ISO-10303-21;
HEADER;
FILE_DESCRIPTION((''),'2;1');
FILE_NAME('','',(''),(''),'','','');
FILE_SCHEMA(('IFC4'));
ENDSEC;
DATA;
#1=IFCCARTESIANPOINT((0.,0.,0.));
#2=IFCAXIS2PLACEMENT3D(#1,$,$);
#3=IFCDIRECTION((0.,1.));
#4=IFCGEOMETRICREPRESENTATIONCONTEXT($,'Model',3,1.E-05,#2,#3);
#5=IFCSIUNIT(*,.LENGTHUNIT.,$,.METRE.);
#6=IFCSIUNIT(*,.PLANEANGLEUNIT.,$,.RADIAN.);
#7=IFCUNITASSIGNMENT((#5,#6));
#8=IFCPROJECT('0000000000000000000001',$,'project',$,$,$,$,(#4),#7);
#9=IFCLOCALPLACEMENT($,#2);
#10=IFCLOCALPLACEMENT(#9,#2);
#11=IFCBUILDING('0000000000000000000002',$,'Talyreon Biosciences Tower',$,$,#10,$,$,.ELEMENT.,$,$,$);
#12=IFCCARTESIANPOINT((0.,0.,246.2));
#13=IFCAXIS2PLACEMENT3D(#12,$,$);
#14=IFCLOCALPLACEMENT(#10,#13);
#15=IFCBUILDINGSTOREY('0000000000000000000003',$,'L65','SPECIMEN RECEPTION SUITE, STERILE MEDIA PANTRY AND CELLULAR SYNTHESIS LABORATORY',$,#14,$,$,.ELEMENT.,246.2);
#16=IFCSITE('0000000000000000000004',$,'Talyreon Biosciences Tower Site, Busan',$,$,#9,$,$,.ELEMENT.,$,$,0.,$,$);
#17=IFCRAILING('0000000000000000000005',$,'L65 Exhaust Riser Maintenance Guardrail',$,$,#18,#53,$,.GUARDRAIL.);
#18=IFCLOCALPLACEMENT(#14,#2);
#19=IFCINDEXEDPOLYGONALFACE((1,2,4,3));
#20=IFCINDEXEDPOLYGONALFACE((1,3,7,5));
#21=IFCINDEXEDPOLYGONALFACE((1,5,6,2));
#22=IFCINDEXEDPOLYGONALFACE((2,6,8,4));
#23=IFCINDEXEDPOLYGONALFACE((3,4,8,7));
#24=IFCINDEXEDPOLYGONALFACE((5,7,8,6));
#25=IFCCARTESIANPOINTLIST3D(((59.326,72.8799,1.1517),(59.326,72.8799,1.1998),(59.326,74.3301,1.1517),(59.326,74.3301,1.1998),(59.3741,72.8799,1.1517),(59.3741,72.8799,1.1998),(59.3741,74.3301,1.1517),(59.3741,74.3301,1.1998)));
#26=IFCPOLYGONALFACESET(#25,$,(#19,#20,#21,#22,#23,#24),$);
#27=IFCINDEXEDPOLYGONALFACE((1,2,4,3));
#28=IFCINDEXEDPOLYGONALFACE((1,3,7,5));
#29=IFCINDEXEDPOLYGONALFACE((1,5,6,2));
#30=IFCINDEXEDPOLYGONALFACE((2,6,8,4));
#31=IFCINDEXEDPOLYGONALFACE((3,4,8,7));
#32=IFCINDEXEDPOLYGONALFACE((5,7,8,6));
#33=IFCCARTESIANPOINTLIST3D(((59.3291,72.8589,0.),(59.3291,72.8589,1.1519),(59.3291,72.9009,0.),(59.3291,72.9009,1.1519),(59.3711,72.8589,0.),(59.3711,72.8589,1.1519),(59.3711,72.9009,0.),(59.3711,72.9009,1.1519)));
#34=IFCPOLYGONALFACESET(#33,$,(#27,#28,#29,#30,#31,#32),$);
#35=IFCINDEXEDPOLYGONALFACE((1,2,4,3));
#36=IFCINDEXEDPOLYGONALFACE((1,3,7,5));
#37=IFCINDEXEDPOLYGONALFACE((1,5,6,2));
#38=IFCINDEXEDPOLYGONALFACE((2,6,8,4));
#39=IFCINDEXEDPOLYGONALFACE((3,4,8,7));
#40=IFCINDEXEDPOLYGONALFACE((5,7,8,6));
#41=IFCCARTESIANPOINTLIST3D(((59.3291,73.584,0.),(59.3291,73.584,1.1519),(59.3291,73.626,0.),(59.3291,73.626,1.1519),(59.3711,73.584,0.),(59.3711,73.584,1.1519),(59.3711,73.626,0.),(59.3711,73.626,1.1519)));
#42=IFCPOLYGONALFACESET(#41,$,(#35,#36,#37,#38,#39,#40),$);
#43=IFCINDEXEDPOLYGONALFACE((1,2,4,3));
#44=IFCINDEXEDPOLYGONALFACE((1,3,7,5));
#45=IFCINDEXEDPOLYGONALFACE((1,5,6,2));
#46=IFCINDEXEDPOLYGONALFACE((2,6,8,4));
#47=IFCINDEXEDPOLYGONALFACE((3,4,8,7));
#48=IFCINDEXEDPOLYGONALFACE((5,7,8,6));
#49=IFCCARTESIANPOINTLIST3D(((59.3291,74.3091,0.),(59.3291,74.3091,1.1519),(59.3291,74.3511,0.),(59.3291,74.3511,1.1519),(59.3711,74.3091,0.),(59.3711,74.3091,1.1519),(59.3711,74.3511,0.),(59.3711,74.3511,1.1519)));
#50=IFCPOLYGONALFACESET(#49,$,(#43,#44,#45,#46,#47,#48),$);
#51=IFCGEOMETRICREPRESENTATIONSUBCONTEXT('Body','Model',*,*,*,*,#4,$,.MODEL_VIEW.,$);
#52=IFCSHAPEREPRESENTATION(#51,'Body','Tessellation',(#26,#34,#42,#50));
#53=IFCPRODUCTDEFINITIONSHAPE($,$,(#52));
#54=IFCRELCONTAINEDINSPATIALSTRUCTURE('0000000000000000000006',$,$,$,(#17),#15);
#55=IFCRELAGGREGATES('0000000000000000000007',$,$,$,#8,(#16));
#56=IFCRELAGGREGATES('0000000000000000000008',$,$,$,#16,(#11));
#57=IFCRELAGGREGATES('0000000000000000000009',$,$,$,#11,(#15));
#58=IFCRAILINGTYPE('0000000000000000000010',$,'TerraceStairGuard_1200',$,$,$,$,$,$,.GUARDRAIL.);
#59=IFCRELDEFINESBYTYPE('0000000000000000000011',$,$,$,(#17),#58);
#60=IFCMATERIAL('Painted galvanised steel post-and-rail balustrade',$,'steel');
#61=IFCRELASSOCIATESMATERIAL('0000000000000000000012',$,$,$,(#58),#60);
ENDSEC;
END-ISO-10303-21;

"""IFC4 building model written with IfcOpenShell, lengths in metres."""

from ifc_helpers import new_model, si_unit, direction, frame, origin, origin_2d, place, context, subcontext, project, spatial, rectangle, extrude, material, type_object, element, save


model = new_model("IFC4")

# Units and contexts
model_context = context("Model", 3, precision=1e-05, world=origin(), true_north=direction((0.0, 1.0)))
body_context = subcontext(model_context, "Body", "Model", "MODEL_VIEW")
ifc_project = project(units=[si_unit("LENGTHUNIT", "METRE"), si_unit("PLANEANGLEUNIT", "RADIAN")], contexts=[model_context])

# Site, building, storey
site_placement = place(None, origin())
site = spatial("IfcSite", under=ifc_project, at=site_placement, Name="Talyreon Biosciences Tower Site, Busan", CompositionType="ELEMENT", RefElevation=0.0)
building_placement = place(site_placement, origin())
building = spatial("IfcBuilding", under=site, at=building_placement, Name="Talyreon Biosciences Tower", CompositionType="ELEMENT")
storey_placement = place(building_placement, frame((0.0, 0.0, 246.2)))
storey = spatial("IfcBuildingStorey", under=building, at=storey_placement, Name="L65", Description="SPECIMEN RECEPTION SUITE, STERILE MEDIA PANTRY AND CELLULAR SYNTHESIS LABORATORY", CompositionType="ELEMENT", Elevation=246.2)

# Railing
ifc_material_1 = material(Name="Painted galvanised steel post-and-rail balustrade", Category="steel")
railing_type_1 = type_object("IfcRailingType", Name="TerraceStairGuard_1200", PredefinedType="GUARDRAIL", material=ifc_material_1)
railing_1_placement = place(storey_placement, frame((59.3501, 72.8799, 0.0)))
element("IfcRailing", 1, at=railing_1_placement, inside=storey, type_object=railing_type_1, Name="L65 Exhaust Riser Maintenance Guardrail", PredefinedType="GUARDRAIL", context=body_context, shape_type="SweptSolid", body=[
    extrude(rectangle(XDim=0.0481, YDim=0.0481, at=origin_2d()), frame((0.0, 0.0, 1.1758), z_axis=(0.0, 1.0, 0.0), x_axis=(-1.0, 0.0, 0.0)), (0.0, 0.0, 1.0), 1.4502),
    extrude(rectangle(XDim=0.042, YDim=0.042, at=origin_2d()), origin(), (0.0, 0.0, 1.0), 1.1519),
    extrude(rectangle(XDim=0.042, YDim=0.042, at=origin_2d()), frame((0.0, 0.7251, 0.0)), (0.0, 0.0, 1.0), 1.1519),
    extrude(rectangle(XDim=0.042, YDim=0.042, at=origin_2d()), frame((0.0, 1.4502, 0.0)), (0.0, 0.0, 1.0), 1.1519),
])

save(model, "model.ifc")
